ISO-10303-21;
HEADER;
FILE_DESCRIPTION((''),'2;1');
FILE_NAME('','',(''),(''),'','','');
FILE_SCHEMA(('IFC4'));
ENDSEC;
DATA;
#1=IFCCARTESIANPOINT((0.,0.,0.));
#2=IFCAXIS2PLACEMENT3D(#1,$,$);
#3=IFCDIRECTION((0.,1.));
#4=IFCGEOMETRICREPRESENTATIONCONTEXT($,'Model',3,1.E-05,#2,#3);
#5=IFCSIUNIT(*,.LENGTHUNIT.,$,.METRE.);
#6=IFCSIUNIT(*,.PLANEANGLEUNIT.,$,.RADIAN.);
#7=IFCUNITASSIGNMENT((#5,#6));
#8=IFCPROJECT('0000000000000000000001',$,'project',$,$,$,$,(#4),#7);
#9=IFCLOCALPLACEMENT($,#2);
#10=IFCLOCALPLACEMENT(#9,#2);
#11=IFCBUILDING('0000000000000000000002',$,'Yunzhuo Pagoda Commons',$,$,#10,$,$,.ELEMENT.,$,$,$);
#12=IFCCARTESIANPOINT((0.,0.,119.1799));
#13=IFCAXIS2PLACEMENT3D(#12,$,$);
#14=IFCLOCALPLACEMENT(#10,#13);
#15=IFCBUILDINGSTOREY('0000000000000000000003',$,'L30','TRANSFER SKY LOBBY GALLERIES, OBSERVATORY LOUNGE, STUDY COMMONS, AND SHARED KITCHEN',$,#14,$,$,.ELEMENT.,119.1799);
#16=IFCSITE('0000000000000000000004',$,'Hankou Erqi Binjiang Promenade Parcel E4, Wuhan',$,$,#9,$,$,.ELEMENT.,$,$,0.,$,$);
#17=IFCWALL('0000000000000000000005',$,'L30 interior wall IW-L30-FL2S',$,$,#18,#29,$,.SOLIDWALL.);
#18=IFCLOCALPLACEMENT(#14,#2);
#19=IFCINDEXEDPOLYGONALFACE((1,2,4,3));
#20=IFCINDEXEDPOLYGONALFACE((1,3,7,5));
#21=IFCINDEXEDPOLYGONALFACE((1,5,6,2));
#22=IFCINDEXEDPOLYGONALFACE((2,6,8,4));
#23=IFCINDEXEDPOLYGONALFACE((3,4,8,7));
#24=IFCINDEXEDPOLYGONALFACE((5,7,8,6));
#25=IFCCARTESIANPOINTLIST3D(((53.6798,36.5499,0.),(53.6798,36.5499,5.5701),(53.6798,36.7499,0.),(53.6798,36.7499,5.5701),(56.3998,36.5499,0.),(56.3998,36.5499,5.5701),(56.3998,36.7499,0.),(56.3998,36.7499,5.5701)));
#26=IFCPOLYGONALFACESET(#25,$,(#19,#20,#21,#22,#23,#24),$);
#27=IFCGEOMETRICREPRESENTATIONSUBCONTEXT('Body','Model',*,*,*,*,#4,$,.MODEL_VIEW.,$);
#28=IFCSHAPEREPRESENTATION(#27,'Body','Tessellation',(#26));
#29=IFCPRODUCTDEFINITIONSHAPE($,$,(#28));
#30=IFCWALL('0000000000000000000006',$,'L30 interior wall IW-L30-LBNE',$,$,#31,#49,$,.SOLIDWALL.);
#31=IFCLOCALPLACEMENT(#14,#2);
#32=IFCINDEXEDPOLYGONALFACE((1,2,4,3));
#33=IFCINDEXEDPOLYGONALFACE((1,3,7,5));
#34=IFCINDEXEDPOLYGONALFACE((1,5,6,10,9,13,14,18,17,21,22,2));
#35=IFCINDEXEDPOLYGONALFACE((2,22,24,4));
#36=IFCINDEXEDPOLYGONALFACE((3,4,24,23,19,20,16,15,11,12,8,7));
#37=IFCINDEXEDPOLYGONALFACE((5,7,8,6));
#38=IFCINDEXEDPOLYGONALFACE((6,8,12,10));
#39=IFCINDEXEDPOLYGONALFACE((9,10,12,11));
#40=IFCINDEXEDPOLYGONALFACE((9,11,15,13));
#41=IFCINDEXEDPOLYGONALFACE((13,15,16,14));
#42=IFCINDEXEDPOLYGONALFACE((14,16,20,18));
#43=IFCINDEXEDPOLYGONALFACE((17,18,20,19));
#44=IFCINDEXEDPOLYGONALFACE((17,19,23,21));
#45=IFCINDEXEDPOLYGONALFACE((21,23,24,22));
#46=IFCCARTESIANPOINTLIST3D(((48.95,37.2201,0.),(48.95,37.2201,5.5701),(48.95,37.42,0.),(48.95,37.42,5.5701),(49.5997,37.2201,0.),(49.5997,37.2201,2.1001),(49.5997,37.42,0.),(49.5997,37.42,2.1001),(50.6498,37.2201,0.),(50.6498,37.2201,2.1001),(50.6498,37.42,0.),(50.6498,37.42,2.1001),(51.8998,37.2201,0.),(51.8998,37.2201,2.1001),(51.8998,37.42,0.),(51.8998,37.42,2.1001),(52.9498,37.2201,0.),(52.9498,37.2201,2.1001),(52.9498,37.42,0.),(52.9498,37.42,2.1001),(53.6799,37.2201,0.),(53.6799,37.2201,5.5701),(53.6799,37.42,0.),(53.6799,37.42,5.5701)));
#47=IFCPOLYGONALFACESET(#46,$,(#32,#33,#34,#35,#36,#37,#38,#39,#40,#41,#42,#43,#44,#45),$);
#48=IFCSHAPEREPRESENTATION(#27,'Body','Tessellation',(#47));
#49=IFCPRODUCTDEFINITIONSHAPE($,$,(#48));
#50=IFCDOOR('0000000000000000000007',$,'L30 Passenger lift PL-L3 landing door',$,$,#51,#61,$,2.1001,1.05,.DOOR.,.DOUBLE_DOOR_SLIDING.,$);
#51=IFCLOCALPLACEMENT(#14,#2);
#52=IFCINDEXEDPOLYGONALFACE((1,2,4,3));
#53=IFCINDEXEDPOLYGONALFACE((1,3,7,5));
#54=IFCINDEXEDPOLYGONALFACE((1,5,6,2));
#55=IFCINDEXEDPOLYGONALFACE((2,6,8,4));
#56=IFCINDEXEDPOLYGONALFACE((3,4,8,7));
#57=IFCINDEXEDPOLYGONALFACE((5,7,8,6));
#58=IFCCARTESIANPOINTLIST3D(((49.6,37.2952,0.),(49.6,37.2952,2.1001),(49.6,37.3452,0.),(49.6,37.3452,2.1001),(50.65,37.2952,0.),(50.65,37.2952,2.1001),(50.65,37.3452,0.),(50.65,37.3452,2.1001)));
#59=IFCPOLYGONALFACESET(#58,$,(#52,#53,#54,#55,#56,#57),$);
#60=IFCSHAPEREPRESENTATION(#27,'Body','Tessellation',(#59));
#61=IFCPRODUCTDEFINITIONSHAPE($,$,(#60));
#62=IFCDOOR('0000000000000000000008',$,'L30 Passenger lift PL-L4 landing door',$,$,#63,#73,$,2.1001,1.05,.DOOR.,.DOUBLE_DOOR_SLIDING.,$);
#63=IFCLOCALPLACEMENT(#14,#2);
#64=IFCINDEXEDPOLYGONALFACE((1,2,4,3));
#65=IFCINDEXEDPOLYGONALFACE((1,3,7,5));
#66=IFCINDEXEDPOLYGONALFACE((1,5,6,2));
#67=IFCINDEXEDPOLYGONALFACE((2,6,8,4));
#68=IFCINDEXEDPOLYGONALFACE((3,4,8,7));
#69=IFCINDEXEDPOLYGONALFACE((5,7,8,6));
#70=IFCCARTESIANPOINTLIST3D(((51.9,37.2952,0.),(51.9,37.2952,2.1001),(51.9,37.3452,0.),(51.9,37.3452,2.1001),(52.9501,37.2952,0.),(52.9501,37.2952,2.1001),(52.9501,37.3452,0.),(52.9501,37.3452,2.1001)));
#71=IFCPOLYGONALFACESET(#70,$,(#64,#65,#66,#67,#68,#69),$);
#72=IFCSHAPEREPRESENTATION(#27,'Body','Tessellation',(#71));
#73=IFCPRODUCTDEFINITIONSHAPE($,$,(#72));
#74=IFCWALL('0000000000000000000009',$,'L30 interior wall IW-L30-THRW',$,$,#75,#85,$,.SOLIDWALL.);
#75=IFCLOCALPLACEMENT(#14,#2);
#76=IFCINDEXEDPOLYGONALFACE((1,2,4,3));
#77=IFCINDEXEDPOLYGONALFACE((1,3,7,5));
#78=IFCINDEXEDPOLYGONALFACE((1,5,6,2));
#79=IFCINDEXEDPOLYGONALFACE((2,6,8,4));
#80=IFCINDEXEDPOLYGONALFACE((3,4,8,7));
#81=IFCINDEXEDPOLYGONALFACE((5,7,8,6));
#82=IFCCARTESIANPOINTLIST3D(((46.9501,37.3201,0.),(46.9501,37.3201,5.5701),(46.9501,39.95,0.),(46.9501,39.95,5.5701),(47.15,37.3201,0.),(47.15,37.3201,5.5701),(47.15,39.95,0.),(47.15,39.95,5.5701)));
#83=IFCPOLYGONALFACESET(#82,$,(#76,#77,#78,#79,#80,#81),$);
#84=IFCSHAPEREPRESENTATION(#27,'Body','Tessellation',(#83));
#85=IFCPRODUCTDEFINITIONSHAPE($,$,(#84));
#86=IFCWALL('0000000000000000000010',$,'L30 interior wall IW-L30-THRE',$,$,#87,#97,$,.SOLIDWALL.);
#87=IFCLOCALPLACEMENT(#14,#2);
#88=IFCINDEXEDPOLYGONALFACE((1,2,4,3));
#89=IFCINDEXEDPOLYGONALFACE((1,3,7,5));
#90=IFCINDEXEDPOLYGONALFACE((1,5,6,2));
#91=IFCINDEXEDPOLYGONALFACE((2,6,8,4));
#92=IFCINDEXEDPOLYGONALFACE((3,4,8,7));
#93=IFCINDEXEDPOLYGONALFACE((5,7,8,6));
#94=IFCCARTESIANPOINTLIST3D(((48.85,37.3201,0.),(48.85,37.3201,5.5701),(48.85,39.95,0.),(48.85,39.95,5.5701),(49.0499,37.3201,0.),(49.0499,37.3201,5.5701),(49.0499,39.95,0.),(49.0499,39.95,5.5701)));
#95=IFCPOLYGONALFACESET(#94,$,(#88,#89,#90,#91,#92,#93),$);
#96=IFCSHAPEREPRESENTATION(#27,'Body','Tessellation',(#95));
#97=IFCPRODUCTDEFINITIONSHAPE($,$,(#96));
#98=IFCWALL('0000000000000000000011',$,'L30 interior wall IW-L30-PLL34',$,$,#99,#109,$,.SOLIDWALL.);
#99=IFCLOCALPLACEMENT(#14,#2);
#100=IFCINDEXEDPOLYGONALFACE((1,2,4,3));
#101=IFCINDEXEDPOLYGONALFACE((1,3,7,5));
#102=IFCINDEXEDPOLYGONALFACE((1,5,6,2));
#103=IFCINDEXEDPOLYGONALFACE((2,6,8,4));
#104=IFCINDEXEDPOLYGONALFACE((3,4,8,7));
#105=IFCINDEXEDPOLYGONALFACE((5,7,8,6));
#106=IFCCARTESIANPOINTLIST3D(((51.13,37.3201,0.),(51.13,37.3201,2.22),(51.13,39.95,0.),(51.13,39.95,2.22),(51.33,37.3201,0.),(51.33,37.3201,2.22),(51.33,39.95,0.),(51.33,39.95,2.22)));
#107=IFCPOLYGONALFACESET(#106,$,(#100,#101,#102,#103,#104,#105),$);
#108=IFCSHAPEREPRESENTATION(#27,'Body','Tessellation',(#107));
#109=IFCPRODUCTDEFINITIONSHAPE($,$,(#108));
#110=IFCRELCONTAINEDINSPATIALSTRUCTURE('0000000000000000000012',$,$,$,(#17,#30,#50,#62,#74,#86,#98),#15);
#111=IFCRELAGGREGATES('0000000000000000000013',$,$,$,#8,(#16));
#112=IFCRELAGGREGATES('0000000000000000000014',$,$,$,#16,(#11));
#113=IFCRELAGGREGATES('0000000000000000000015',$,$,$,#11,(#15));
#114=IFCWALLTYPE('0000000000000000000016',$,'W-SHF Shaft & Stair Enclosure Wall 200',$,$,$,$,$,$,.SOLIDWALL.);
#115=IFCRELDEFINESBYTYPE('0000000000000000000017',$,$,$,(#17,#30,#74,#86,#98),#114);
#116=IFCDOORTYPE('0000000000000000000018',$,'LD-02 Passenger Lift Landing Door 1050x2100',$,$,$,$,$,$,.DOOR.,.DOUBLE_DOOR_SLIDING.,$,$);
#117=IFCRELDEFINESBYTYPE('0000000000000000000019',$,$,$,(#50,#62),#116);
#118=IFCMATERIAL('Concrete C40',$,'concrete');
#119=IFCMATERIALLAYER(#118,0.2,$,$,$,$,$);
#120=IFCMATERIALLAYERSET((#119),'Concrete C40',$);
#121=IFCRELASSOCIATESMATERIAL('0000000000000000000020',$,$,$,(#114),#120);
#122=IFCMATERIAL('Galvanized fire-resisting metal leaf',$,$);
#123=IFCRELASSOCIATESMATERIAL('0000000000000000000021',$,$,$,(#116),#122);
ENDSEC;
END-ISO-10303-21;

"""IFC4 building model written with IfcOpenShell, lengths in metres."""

from ifc_helpers import new_model, si_unit, direction, frame, frame_2d, origin, place, context, subcontext, project, spatial, rectangle, extrude, source, transform, mapped, material, layer, layer_set, type_object, element, fill, save


model = new_model("IFC4")

# Units and contexts
model_context = context("Model", 3, precision=1e-05, world=origin(), true_north=direction((0.0, 1.0)))
body_context = subcontext(model_context, "Body", "Model", "MODEL_VIEW")
ifc_project = project(units=[si_unit("LENGTHUNIT", "METRE"), si_unit("PLANEANGLEUNIT", "RADIAN")], contexts=[model_context])

# Site, building, storey
site_placement = place(None, origin())
site = spatial("IfcSite", under=ifc_project, at=site_placement, Name="Hankou Erqi Binjiang Promenade Parcel E4, Wuhan", CompositionType="ELEMENT", RefElevation=0.0)
building_placement = place(site_placement, origin())
building = spatial("IfcBuilding", under=site, at=building_placement, Name="Yunzhuo Pagoda Commons", CompositionType="ELEMENT")
storey_placement = place(building_placement, frame((0.0, 0.0, 119.1799)))
storey = spatial("IfcBuildingStorey", under=building, at=storey_placement, Name="L30", Description="TRANSFER SKY LOBBY GALLERIES, OBSERVATORY LOUNGE, STUDY COMMONS, AND SHARED KITCHEN", CompositionType="ELEMENT", Elevation=119.1799)

# Shared definitions
ifc_material_1 = material(Name="Galvanized fire-resisting metal leaf")
shared_shape_1 = source(origin(), body_context, "Body", "SweptSolid", [
    extrude(rectangle(XDim=1.05, YDim=2.1001, at=frame_2d((0.5249, 1.05))), frame((0.0, 0.0249, 0.0), z_axis=(0.0, -1.0, 0.0), x_axis=(1.0, 0.0, 0.0)), (0.0, 0.0, 1.0), 0.05),
])

# Wall
ifc_material_2 = material(Name="Concrete C40", Category="concrete")
ifc_layer_1 = layer(ifc_material_2, 0.2)
ifc_layer_set_1 = layer_set([ifc_layer_1], Name="Concrete C40")
wall_type_1 = type_object("IfcWallType", Name="W-SHF Shaft & Stair Enclosure Wall 200", PredefinedType="SOLIDWALL", material=ifc_layer_set_1)
wall_1_placement = place(storey_placement, frame((53.6799, 36.6499, 0.0), z_axis=(0.0, 0.0, 1.0), x_axis=(1.0, 0.0, 0.0)))
element("IfcWall", 1, at=wall_1_placement, inside=storey, type_object=wall_type_1, Name="L30 interior wall IW-L30-FL2S", PredefinedType="SOLIDWALL", context=body_context, shape_type="SweptSolid", body=[
    extrude(rectangle(XDim=2.72, YDim=0.2, at=frame_2d((1.3599, 0.0))), origin(), (0.0, 0.0, 1.0), 5.5701),
])

# Wall, openings, doors
wall_2_placement = place(storey_placement, frame((48.95, 37.3201, 0.0), z_axis=(0.0, 0.0, 1.0), x_axis=(1.0, 0.0, 0.0)))
wall_2 = element("IfcWall", 2, at=wall_2_placement, inside=storey, type_object=wall_type_1, Name="L30 interior wall IW-L30-LBNE", PredefinedType="SOLIDWALL", context=body_context, shape_type="SweptSolid", body=[
    extrude(rectangle(XDim=4.73, YDim=0.2, at=frame_2d((2.365, 0.0))), origin(), (0.0, 0.0, 1.0), 5.5701),
])
opening_1_placement = place(wall_2_placement, frame((0.6499, 0.0, 0.0)))
opening_1 = element("IfcOpeningElement", 3, at=opening_1_placement, cuts=wall_2, PredefinedType="OPENING", context=body_context, shape_type="SweptSolid", body=[
    extrude(rectangle(XDim=1.05, YDim=2.1001, at=frame_2d((0.5249, 1.05))), frame((0.0, 0.1099, 0.0), z_axis=(0.0, -1.0, 0.0), x_axis=(1.0, 0.0, 0.0)), (0.0, 0.0, 1.0), 0.22),
])
opening_2_placement = place(wall_2_placement, frame((2.95, 0.0, 0.0)))
opening_2 = element("IfcOpeningElement", 4, at=opening_2_placement, cuts=wall_2, PredefinedType="OPENING", context=body_context, shape_type="SweptSolid", body=[
    extrude(rectangle(XDim=1.05, YDim=2.1001, at=frame_2d((0.5249, 1.05))), frame((0.0, 0.1099, 0.0), z_axis=(0.0, -1.0, 0.0), x_axis=(1.0, 0.0, 0.0)), (0.0, 0.0, 1.0), 0.22),
])
door_type_1 = type_object("IfcDoorType", Name="LD-02 Passenger Lift Landing Door 1050x2100", OperationType="DOUBLE_DOOR_SLIDING", PredefinedType="DOOR", material=ifc_material_1)
door_1_placement = place(opening_1_placement, frame((1.05, 0.0, 0.0), z_axis=(0.0, 0.0, 1.0), x_axis=(-1.0, 0.0, 0.0)))
door_1 = element("IfcDoor", 5, at=door_1_placement, inside=storey, type_object=door_type_1, Name="L30 Passenger lift PL-L3 landing door", OperationType="DOUBLE_DOOR_SLIDING", OverallHeight=2.1001, OverallWidth=1.05, PredefinedType="DOOR", context=body_context, shape_type="MappedRepresentation", body=[
    mapped(shared_shape_1, transform((0.0, 0.0, 0.0), scale=1.0)),
])
fill(opening_1, door_1)
door_2_placement = place(opening_2_placement, frame((1.05, 0.0, 0.0), z_axis=(0.0, 0.0, 1.0), x_axis=(-1.0, 0.0, 0.0)))
door_2 = element("IfcDoor", 6, at=door_2_placement, inside=storey, type_object=door_type_1, Name="L30 Passenger lift PL-L4 landing door", OperationType="DOUBLE_DOOR_SLIDING", OverallHeight=2.1001, OverallWidth=1.05, PredefinedType="DOOR", context=body_context, shape_type="MappedRepresentation", body=[
    mapped(shared_shape_1, transform((0.0, 0.0, 0.0), scale=1.0)),
])
fill(opening_2, door_2)

# Walls
for number, where, z_axis, x_axis, name in (
    (7, (47.05, 37.3201, 0.0), (0.0, 0.0, 1.0), (0.0, 1.0, 0.0), "L30 interior wall IW-L30-THRW"),
    (8, (48.95, 37.3201, 0.0), (0.0, 0.0, 1.0), (0.0, 1.0, 0.0), "L30 interior wall IW-L30-THRE"),
):
    element("IfcWall", number, at=place(storey_placement, frame(where, z_axis=z_axis, x_axis=x_axis)), inside=storey, type_object=wall_type_1, Name=name, PredefinedType="SOLIDWALL", context=body_context, shape_type="SweptSolid", body=[
        extrude(rectangle(XDim=2.6299, YDim=0.2, at=frame_2d((1.3149, 0.0))), origin(), (0.0, 0.0, 1.0), 5.5701),
    ])
wall_3_placement = place(storey_placement, frame((51.23, 37.3201, 0.0), z_axis=(0.0, 0.0, 1.0), x_axis=(0.0, 1.0, 0.0)))
element("IfcWall", 9, at=wall_3_placement, inside=storey, type_object=wall_type_1, Name="L30 interior wall IW-L30-PLL34", PredefinedType="SOLIDWALL", context=body_context, shape_type="SweptSolid", body=[
    extrude(rectangle(XDim=2.6299, YDim=0.2, at=frame_2d((1.3149, 0.0))), origin(), (0.0, 0.0, 1.0), 2.22),
])

save(model, "model.ifc")
